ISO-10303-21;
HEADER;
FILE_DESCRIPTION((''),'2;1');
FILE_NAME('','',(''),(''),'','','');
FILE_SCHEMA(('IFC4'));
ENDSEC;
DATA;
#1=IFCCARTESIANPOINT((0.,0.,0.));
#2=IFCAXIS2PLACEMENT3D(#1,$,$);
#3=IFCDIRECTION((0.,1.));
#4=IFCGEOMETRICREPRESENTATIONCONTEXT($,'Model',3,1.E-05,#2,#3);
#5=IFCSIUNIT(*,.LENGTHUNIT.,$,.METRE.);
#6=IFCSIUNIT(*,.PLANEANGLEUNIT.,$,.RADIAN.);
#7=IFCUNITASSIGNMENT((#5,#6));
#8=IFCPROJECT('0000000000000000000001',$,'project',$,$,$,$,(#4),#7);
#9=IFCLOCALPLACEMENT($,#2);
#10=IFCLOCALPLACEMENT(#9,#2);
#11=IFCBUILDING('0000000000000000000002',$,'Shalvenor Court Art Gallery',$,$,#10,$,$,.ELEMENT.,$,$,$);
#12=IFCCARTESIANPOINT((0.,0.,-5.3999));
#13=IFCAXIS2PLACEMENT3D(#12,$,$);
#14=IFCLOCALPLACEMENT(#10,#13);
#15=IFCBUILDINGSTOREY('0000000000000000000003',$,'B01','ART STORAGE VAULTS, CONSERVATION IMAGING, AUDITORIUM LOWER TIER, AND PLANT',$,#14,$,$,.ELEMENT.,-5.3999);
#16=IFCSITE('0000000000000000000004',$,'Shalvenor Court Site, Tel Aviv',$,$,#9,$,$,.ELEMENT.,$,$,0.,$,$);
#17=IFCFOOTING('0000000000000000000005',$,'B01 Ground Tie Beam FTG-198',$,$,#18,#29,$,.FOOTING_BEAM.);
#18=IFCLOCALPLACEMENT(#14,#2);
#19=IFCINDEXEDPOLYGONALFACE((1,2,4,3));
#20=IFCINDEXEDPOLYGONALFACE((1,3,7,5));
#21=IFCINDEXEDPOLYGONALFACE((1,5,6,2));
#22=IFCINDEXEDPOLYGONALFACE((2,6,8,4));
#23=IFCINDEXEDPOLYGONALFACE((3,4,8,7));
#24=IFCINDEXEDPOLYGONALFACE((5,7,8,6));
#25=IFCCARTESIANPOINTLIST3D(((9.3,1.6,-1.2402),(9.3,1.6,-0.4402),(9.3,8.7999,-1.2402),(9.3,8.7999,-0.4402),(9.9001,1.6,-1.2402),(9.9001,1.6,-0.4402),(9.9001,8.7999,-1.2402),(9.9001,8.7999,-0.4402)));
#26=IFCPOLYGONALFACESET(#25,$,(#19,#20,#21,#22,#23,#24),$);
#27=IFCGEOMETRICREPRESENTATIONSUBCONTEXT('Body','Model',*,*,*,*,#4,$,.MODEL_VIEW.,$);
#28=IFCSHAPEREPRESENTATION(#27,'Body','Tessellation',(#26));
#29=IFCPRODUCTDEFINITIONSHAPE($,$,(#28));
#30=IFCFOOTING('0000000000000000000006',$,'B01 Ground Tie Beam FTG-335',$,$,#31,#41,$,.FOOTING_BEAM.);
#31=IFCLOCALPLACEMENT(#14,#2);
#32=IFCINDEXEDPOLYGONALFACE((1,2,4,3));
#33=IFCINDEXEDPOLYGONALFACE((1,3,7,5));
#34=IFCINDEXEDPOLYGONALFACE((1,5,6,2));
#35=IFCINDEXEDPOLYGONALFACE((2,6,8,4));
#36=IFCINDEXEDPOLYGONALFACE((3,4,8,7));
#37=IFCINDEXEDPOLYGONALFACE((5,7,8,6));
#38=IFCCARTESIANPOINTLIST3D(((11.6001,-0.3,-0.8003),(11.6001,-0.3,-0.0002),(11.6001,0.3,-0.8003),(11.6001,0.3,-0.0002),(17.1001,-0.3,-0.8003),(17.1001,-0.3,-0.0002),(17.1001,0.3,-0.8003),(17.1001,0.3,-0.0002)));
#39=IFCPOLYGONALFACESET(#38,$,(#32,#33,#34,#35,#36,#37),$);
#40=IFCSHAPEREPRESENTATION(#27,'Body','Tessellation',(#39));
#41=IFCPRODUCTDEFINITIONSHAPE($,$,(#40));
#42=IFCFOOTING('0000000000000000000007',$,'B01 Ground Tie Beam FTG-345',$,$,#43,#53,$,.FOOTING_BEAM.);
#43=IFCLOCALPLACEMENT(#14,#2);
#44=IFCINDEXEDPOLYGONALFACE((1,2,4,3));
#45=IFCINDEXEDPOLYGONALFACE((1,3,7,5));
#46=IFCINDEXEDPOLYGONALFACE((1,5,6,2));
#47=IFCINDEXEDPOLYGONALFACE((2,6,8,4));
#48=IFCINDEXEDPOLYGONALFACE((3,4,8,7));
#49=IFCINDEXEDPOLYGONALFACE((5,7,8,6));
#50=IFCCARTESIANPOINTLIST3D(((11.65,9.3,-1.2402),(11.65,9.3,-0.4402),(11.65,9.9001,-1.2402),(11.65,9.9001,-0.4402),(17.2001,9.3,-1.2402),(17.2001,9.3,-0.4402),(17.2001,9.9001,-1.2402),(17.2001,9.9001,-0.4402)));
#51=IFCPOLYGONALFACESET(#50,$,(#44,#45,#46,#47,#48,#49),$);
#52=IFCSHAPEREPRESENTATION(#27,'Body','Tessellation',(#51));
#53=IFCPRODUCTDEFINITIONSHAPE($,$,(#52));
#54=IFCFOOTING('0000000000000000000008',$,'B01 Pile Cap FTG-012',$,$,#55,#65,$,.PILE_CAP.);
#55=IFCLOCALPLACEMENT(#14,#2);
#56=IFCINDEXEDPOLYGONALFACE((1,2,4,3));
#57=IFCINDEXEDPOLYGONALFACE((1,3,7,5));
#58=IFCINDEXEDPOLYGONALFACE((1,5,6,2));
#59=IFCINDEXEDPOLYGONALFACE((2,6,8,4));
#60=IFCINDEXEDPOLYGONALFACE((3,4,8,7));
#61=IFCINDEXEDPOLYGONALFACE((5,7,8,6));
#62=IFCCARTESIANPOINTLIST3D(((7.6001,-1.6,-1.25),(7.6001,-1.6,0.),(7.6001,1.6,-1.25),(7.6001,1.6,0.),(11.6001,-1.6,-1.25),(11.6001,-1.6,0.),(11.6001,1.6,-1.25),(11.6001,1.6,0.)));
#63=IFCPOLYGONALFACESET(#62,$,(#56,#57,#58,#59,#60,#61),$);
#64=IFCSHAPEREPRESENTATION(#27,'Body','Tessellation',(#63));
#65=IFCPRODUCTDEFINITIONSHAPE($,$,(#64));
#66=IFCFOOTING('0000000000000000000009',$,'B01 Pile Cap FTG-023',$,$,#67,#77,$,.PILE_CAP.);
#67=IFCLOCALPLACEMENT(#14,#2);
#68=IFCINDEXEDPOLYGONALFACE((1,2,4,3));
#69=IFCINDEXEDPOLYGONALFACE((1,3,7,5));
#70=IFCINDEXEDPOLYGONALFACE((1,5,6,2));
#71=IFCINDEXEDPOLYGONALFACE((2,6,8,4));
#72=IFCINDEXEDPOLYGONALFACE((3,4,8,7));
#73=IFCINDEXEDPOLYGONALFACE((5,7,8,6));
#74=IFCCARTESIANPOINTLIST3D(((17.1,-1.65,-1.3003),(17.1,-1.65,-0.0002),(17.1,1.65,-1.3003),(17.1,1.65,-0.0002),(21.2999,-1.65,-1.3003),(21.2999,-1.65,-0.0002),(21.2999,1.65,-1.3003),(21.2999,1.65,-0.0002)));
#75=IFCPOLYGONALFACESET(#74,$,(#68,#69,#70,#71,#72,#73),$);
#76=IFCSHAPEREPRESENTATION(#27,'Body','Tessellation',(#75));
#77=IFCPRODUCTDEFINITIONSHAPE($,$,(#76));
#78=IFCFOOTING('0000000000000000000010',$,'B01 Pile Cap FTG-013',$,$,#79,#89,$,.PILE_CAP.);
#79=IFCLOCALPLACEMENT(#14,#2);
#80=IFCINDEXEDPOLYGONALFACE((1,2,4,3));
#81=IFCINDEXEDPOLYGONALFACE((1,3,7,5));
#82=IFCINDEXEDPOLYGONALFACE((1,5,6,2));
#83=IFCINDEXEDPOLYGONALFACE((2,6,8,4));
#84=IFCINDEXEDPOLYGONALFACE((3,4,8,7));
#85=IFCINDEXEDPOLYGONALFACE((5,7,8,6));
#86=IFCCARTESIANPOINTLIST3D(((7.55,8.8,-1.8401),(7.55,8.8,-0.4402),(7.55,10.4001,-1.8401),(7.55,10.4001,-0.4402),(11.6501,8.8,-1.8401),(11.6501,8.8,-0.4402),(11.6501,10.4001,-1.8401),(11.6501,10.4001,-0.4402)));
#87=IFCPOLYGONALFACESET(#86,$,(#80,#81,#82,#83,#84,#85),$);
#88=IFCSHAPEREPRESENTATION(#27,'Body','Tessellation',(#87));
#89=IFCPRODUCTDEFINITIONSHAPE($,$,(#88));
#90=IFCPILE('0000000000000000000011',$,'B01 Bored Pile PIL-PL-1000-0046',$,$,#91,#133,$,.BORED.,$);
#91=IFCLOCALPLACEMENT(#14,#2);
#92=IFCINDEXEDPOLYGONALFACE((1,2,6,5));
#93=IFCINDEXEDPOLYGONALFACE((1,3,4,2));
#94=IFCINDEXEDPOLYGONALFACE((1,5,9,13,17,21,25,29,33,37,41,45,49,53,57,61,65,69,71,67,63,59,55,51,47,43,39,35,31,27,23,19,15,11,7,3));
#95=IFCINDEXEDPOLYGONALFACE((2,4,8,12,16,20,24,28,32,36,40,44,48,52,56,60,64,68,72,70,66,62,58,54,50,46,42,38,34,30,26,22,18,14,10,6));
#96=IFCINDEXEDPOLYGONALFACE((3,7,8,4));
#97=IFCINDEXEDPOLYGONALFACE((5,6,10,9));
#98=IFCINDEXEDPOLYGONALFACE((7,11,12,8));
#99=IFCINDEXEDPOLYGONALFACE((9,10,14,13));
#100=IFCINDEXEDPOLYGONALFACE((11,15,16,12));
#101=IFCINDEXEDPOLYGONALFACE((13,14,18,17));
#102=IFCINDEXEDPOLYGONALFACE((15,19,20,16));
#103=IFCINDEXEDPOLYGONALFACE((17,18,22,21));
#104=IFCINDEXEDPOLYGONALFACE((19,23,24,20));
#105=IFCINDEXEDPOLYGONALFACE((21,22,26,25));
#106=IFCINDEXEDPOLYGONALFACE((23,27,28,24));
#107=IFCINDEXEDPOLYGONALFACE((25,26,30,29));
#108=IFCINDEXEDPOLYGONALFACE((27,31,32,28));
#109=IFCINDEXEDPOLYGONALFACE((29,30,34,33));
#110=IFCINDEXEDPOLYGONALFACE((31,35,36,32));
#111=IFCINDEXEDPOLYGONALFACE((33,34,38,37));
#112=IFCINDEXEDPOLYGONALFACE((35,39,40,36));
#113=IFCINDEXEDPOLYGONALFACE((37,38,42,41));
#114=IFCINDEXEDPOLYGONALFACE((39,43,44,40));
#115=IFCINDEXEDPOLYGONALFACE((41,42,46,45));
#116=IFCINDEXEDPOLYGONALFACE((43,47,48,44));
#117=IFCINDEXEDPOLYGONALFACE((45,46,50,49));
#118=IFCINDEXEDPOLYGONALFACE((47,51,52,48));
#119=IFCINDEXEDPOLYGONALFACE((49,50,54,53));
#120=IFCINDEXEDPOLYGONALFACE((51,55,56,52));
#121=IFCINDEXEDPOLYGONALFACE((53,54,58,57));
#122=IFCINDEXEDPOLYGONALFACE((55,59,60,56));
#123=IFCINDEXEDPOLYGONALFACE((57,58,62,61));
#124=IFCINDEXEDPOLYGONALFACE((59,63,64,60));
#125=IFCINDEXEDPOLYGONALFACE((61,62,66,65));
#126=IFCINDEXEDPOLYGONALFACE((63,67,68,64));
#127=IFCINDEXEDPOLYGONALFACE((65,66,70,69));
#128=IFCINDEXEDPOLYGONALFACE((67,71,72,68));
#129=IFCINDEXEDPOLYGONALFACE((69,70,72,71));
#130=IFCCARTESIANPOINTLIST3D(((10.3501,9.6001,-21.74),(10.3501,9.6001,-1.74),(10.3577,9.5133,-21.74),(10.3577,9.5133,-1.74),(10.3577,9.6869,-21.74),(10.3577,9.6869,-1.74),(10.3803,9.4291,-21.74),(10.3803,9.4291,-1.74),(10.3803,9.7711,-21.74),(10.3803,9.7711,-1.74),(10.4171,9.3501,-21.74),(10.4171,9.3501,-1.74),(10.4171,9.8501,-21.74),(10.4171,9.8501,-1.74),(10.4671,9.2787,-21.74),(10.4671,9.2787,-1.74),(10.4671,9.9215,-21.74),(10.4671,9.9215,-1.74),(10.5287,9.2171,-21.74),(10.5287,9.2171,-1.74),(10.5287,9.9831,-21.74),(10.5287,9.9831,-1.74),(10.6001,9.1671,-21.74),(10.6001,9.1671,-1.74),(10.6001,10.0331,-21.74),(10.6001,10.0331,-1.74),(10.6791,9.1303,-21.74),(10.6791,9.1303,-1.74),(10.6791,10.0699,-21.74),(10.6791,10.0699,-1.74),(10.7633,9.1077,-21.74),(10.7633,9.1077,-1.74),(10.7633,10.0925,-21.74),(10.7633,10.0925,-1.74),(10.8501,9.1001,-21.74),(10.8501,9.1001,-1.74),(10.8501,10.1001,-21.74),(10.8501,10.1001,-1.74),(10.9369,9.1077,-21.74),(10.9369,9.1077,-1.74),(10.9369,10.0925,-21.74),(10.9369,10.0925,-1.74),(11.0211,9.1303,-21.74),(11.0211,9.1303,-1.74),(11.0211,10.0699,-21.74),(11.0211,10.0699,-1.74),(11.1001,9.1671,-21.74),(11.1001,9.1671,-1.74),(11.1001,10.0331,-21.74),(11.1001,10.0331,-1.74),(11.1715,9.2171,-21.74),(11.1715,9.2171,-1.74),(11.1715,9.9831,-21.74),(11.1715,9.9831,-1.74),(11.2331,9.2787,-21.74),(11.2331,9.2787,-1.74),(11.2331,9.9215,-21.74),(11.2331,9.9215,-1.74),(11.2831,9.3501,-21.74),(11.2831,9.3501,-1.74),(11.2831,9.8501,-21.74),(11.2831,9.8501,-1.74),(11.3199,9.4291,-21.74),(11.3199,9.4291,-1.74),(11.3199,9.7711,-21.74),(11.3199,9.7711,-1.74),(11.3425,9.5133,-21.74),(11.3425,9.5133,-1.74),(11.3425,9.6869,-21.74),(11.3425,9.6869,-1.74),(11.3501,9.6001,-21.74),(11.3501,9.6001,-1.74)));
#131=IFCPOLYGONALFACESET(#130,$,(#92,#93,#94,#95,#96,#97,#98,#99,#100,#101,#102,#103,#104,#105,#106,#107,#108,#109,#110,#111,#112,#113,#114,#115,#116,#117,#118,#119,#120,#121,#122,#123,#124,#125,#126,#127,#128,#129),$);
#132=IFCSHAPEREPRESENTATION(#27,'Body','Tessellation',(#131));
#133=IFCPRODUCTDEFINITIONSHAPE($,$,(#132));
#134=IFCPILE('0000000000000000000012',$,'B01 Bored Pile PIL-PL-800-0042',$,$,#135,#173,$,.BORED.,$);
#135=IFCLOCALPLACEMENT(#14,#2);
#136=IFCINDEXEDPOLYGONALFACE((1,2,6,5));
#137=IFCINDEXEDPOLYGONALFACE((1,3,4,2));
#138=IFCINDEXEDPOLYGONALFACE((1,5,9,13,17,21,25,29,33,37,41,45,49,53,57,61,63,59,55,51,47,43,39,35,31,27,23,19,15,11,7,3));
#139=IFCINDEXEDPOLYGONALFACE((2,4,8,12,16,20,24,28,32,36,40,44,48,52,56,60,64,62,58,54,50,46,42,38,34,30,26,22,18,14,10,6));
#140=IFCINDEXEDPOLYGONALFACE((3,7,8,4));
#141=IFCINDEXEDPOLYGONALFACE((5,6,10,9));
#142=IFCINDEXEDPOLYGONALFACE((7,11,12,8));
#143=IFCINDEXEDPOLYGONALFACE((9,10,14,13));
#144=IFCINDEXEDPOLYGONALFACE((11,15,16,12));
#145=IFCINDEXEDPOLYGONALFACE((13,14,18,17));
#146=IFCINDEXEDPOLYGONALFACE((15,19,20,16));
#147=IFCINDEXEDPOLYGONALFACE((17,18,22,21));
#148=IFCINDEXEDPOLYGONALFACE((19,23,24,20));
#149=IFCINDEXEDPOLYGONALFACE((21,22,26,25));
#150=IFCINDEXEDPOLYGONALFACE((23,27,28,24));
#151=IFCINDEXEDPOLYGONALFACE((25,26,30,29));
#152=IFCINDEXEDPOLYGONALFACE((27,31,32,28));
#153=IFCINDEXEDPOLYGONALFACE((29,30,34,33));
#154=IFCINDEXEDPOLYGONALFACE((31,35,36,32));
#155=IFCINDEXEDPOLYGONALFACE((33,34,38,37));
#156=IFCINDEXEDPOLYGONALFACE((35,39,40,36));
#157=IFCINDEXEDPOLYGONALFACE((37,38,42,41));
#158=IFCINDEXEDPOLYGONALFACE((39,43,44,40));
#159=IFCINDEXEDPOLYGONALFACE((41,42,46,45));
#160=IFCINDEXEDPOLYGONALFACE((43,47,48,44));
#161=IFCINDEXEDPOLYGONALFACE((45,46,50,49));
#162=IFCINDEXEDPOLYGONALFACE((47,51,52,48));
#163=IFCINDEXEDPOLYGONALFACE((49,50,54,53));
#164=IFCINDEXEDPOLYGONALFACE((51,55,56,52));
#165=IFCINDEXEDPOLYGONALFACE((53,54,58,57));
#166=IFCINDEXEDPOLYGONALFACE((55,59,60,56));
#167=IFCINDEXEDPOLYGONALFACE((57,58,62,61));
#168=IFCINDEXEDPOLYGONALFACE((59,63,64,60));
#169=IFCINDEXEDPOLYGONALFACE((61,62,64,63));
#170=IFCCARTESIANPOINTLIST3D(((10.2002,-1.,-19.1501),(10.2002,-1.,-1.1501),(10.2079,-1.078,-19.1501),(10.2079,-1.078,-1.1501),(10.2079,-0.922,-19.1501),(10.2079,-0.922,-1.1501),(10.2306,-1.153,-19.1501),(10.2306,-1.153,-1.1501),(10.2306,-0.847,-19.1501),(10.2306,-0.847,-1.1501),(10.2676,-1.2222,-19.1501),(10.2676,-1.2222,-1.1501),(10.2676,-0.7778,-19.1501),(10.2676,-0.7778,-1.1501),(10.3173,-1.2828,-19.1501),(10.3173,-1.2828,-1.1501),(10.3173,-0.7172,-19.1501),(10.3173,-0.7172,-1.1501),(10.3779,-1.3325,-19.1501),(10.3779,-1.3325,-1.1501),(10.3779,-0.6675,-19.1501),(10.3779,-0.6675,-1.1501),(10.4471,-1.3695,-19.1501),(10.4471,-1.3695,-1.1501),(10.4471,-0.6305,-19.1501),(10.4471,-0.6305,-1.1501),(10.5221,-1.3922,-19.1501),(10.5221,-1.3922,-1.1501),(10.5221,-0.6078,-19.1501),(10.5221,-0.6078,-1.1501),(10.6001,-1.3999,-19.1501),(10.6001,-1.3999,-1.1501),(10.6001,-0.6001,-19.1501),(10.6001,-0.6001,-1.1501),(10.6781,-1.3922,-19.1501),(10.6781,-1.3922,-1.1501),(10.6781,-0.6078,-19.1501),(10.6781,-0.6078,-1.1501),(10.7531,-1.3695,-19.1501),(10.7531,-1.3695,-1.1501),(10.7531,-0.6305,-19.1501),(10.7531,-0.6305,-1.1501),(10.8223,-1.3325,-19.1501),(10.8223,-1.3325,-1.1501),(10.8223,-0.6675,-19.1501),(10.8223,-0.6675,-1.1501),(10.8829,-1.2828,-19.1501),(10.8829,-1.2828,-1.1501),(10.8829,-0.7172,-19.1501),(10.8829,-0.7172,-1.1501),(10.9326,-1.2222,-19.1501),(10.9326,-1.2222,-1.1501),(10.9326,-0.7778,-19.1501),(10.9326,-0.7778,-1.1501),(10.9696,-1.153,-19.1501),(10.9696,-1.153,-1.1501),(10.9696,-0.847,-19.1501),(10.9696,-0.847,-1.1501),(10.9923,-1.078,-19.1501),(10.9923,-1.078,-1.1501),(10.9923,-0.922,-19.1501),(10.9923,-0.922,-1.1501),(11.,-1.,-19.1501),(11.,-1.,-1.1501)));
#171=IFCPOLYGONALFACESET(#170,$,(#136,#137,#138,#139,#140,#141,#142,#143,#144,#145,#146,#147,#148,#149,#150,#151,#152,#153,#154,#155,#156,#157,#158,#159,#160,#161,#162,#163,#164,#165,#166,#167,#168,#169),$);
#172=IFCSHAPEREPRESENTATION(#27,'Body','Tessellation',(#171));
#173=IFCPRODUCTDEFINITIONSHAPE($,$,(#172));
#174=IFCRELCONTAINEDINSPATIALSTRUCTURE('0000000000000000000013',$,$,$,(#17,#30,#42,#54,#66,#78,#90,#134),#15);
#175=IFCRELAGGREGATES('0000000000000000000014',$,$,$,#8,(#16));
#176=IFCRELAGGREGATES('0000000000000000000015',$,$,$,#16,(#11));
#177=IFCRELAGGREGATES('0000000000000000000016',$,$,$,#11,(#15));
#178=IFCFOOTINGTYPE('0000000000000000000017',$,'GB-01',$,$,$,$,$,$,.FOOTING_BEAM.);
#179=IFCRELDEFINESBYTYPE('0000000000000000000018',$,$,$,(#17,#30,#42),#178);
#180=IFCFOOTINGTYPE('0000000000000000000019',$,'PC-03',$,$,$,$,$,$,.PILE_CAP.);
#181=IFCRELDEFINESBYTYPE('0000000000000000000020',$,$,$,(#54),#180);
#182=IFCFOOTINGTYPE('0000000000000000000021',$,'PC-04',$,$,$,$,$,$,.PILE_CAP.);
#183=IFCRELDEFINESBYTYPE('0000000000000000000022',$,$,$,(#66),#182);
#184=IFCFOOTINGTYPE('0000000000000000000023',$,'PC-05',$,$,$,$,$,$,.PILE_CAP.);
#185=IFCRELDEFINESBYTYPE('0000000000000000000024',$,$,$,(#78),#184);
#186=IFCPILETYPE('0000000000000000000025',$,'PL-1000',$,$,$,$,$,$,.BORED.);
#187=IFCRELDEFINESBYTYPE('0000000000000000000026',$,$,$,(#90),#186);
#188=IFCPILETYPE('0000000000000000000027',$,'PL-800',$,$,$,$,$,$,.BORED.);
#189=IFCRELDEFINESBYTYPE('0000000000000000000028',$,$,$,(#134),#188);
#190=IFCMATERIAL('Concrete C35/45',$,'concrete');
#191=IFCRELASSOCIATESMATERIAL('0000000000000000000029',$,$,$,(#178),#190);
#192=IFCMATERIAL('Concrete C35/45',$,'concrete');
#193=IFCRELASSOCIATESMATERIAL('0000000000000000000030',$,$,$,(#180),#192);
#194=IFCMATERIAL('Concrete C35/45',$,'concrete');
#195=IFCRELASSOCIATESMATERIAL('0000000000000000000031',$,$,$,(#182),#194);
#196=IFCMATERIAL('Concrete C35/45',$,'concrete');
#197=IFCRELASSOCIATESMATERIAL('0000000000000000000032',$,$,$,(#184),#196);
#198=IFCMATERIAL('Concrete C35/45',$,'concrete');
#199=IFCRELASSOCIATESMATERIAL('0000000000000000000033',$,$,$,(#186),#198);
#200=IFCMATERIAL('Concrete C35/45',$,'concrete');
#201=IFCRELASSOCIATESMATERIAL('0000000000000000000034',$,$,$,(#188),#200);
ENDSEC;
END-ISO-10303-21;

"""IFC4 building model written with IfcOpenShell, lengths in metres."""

from ifc_helpers import new_model, si_unit, direction, frame, origin, origin_2d, place, context, subcontext, project, spatial, rectangle, circle, extrude, material, material_profile, profile_set, type_object, element, save


model = new_model("IFC4")

# Units and contexts
model_context = context("Model", 3, precision=1e-05, world=origin(), true_north=direction((0.0, 1.0)))
body_context = subcontext(model_context, "Body", "Model", "MODEL_VIEW")
ifc_project = project(units=[si_unit("LENGTHUNIT", "METRE"), si_unit("PLANEANGLEUNIT", "RADIAN")], contexts=[model_context])

# Site, building, storey
site_placement = place(None, origin())
site = spatial("IfcSite", under=ifc_project, at=site_placement, Name="Shalvenor Court Site, Tel Aviv", CompositionType="ELEMENT", RefElevation=0.0)
building_placement = place(site_placement, origin())
building = spatial("IfcBuilding", under=site, at=building_placement, Name="Shalvenor Court Art Gallery", CompositionType="ELEMENT")
storey_placement = place(building_placement, frame((0.0, 0.0, -5.3999)))
storey = spatial("IfcBuildingStorey", under=building, at=storey_placement, Name="B01", Description="ART STORAGE VAULTS, CONSERVATION IMAGING, AUDITORIUM LOWER TIER, AND PLANT", CompositionType="ELEMENT", Elevation=-5.3999)

# Footings
ifc_material_1 = material(Name="Concrete C35/45", Category="concrete")
footing_type_1 = type_object("IfcFootingType", Name="GB-01", PredefinedType="FOOTING_BEAM", material=ifc_material_1)
footing_1_placement = place(storey_placement, frame((9.6001, 5.2, -1.2402), z_axis=(0.0, 0.0, 1.0), x_axis=(0.0, 1.0, 0.0)))
element("IfcFooting", 1, at=footing_1_placement, inside=storey, type_object=footing_type_1, Name="B01 Ground Tie Beam FTG-198", PredefinedType="FOOTING_BEAM", context=body_context, shape_type="SweptSolid", body=[
    extrude(rectangle(XDim=7.2, YDim=0.6001, at=origin_2d()), origin(), (0.0, 0.0, 1.0), 0.8),
])
footing_2_placement = place(storey_placement, frame((14.3501, 0.0, -0.8003), z_axis=(0.0, 0.0, 1.0), x_axis=(1.0, 0.0, 0.0)))
element("IfcFooting", 2, at=footing_2_placement, inside=storey, type_object=footing_type_1, Name="B01 Ground Tie Beam FTG-335", PredefinedType="FOOTING_BEAM", context=body_context, shape_type="SweptSolid", body=[
    extrude(rectangle(XDim=5.5, YDim=0.6001, at=origin_2d()), origin(), (0.0, 0.0, 1.0), 0.8),
])
footing_3_placement = place(storey_placement, frame((14.425, 9.6001, -1.2402), z_axis=(0.0, 0.0, 1.0), x_axis=(1.0, 0.0, 0.0)))
element("IfcFooting", 3, at=footing_3_placement, inside=storey, type_object=footing_type_1, Name="B01 Ground Tie Beam FTG-345", PredefinedType="FOOTING_BEAM", context=body_context, shape_type="SweptSolid", body=[
    extrude(rectangle(XDim=5.55, YDim=0.6001, at=origin_2d()), origin(), (0.0, 0.0, 1.0), 0.8),
])
ifc_material_2 = material(Name="Concrete C35/45", Category="concrete")
footing_type_2 = type_object("IfcFootingType", Name="PC-03", PredefinedType="PILE_CAP", material=ifc_material_2)
footing_4_placement = place(storey_placement, frame((9.6001, 0.0, -1.25), z_axis=(0.0, 0.0, 1.0), x_axis=(1.0, 0.0, 0.0)))
element("IfcFooting", 4, at=footing_4_placement, inside=storey, type_object=footing_type_2, Name="B01 Pile Cap FTG-012", PredefinedType="PILE_CAP", context=body_context, shape_type="SweptSolid", body=[
    extrude(rectangle(XDim=4.0, YDim=3.2, at=origin_2d()), origin(), (0.0, 0.0, 1.0), 1.25),
])
ifc_material_3 = material(Name="Concrete C35/45", Category="concrete")
footing_type_3 = type_object("IfcFootingType", Name="PC-04", PredefinedType="PILE_CAP", material=ifc_material_3)
footing_5_placement = place(storey_placement, frame((19.2, 0.0, -1.3003), z_axis=(0.0, 0.0, 1.0), x_axis=(1.0, 0.0, 0.0)))
element("IfcFooting", 5, at=footing_5_placement, inside=storey, type_object=footing_type_3, Name="B01 Pile Cap FTG-023", PredefinedType="PILE_CAP", context=body_context, shape_type="SweptSolid", body=[
    extrude(rectangle(XDim=4.2, YDim=3.3, at=origin_2d()), origin(), (0.0, 0.0, 1.0), 1.3),
])
ifc_material_4 = material(Name="Concrete C35/45", Category="concrete")
footing_type_4 = type_object("IfcFootingType", Name="PC-05", PredefinedType="PILE_CAP", material=ifc_material_4)
footing_6_placement = place(storey_placement, frame((9.6001, 9.6001, -1.8401), z_axis=(0.0, 0.0, 1.0), x_axis=(1.0, 0.0, 0.0)))
element("IfcFooting", 6, at=footing_6_placement, inside=storey, type_object=footing_type_4, Name="B01 Pile Cap FTG-013", PredefinedType="PILE_CAP", context=body_context, shape_type="SweptSolid", body=[
    extrude(rectangle(XDim=4.1001, YDim=1.6001, at=origin_2d()), origin(), (0.0, 0.0, 1.0), 1.3999),
])

# Piles
ifc_material_5 = material(Name="Concrete C35/45", Category="concrete")
ifc_material_profile_1 = material_profile(ifc_material_5, circle(Radius=0.5, at=origin_2d()), Name="PILE 1000")
ifc_profile_set_1 = profile_set([ifc_material_profile_1], Name="Concrete C35/45")
pile_type_1 = type_object("IfcPileType", Name="PL-1000", PredefinedType="BORED", material=ifc_profile_set_1)
pile_placement = place(storey_placement, frame((10.8501, 9.6001, -1.74), z_axis=(0.0, 0.0, -1.0), x_axis=(1.0, 0.0, 0.0)))
element("IfcPile", 7, at=pile_placement, inside=storey, type_object=pile_type_1, Name="B01 Bored Pile PIL-PL-1000-0046", PredefinedType="BORED", context=body_context, shape_type="SweptSolid", body=[
    extrude(circle(Radius=0.5, at=origin_2d()), origin(), (0.0, 0.0, 1.0), 20.0),
])
ifc_material_6 = material(Name="Concrete C35/45", Category="concrete")
ifc_material_profile_2 = material_profile(ifc_material_6, circle(Radius=0.3999, at=origin_2d()), Name="PILE 800")
ifc_profile_set_2 = profile_set([ifc_material_profile_2], Name="Concrete C35/45")
pile_type_2 = type_object("IfcPileType", Name="PL-800", PredefinedType="BORED", material=ifc_profile_set_2)
for number, where, z_axis, x_axis, name in (
    (8, (10.6001, -1.0, -1.1501), (0.0, 0.0, -1.0), (1.0, 0.0, 0.0), "B01 Bored Pile PIL-PL-800-0042"),
):
    element("IfcPile", number, at=place(storey_placement, frame(where, z_axis=z_axis, x_axis=x_axis)), inside=storey, type_object=pile_type_2, Name=name, PredefinedType="BORED", context=body_context, shape_type="SweptSolid", body=[
        extrude(circle(Radius=0.3999, at=origin_2d()), origin(), (0.0, 0.0, 1.0), 18.0),
    ])

save(model, "model.ifc")
